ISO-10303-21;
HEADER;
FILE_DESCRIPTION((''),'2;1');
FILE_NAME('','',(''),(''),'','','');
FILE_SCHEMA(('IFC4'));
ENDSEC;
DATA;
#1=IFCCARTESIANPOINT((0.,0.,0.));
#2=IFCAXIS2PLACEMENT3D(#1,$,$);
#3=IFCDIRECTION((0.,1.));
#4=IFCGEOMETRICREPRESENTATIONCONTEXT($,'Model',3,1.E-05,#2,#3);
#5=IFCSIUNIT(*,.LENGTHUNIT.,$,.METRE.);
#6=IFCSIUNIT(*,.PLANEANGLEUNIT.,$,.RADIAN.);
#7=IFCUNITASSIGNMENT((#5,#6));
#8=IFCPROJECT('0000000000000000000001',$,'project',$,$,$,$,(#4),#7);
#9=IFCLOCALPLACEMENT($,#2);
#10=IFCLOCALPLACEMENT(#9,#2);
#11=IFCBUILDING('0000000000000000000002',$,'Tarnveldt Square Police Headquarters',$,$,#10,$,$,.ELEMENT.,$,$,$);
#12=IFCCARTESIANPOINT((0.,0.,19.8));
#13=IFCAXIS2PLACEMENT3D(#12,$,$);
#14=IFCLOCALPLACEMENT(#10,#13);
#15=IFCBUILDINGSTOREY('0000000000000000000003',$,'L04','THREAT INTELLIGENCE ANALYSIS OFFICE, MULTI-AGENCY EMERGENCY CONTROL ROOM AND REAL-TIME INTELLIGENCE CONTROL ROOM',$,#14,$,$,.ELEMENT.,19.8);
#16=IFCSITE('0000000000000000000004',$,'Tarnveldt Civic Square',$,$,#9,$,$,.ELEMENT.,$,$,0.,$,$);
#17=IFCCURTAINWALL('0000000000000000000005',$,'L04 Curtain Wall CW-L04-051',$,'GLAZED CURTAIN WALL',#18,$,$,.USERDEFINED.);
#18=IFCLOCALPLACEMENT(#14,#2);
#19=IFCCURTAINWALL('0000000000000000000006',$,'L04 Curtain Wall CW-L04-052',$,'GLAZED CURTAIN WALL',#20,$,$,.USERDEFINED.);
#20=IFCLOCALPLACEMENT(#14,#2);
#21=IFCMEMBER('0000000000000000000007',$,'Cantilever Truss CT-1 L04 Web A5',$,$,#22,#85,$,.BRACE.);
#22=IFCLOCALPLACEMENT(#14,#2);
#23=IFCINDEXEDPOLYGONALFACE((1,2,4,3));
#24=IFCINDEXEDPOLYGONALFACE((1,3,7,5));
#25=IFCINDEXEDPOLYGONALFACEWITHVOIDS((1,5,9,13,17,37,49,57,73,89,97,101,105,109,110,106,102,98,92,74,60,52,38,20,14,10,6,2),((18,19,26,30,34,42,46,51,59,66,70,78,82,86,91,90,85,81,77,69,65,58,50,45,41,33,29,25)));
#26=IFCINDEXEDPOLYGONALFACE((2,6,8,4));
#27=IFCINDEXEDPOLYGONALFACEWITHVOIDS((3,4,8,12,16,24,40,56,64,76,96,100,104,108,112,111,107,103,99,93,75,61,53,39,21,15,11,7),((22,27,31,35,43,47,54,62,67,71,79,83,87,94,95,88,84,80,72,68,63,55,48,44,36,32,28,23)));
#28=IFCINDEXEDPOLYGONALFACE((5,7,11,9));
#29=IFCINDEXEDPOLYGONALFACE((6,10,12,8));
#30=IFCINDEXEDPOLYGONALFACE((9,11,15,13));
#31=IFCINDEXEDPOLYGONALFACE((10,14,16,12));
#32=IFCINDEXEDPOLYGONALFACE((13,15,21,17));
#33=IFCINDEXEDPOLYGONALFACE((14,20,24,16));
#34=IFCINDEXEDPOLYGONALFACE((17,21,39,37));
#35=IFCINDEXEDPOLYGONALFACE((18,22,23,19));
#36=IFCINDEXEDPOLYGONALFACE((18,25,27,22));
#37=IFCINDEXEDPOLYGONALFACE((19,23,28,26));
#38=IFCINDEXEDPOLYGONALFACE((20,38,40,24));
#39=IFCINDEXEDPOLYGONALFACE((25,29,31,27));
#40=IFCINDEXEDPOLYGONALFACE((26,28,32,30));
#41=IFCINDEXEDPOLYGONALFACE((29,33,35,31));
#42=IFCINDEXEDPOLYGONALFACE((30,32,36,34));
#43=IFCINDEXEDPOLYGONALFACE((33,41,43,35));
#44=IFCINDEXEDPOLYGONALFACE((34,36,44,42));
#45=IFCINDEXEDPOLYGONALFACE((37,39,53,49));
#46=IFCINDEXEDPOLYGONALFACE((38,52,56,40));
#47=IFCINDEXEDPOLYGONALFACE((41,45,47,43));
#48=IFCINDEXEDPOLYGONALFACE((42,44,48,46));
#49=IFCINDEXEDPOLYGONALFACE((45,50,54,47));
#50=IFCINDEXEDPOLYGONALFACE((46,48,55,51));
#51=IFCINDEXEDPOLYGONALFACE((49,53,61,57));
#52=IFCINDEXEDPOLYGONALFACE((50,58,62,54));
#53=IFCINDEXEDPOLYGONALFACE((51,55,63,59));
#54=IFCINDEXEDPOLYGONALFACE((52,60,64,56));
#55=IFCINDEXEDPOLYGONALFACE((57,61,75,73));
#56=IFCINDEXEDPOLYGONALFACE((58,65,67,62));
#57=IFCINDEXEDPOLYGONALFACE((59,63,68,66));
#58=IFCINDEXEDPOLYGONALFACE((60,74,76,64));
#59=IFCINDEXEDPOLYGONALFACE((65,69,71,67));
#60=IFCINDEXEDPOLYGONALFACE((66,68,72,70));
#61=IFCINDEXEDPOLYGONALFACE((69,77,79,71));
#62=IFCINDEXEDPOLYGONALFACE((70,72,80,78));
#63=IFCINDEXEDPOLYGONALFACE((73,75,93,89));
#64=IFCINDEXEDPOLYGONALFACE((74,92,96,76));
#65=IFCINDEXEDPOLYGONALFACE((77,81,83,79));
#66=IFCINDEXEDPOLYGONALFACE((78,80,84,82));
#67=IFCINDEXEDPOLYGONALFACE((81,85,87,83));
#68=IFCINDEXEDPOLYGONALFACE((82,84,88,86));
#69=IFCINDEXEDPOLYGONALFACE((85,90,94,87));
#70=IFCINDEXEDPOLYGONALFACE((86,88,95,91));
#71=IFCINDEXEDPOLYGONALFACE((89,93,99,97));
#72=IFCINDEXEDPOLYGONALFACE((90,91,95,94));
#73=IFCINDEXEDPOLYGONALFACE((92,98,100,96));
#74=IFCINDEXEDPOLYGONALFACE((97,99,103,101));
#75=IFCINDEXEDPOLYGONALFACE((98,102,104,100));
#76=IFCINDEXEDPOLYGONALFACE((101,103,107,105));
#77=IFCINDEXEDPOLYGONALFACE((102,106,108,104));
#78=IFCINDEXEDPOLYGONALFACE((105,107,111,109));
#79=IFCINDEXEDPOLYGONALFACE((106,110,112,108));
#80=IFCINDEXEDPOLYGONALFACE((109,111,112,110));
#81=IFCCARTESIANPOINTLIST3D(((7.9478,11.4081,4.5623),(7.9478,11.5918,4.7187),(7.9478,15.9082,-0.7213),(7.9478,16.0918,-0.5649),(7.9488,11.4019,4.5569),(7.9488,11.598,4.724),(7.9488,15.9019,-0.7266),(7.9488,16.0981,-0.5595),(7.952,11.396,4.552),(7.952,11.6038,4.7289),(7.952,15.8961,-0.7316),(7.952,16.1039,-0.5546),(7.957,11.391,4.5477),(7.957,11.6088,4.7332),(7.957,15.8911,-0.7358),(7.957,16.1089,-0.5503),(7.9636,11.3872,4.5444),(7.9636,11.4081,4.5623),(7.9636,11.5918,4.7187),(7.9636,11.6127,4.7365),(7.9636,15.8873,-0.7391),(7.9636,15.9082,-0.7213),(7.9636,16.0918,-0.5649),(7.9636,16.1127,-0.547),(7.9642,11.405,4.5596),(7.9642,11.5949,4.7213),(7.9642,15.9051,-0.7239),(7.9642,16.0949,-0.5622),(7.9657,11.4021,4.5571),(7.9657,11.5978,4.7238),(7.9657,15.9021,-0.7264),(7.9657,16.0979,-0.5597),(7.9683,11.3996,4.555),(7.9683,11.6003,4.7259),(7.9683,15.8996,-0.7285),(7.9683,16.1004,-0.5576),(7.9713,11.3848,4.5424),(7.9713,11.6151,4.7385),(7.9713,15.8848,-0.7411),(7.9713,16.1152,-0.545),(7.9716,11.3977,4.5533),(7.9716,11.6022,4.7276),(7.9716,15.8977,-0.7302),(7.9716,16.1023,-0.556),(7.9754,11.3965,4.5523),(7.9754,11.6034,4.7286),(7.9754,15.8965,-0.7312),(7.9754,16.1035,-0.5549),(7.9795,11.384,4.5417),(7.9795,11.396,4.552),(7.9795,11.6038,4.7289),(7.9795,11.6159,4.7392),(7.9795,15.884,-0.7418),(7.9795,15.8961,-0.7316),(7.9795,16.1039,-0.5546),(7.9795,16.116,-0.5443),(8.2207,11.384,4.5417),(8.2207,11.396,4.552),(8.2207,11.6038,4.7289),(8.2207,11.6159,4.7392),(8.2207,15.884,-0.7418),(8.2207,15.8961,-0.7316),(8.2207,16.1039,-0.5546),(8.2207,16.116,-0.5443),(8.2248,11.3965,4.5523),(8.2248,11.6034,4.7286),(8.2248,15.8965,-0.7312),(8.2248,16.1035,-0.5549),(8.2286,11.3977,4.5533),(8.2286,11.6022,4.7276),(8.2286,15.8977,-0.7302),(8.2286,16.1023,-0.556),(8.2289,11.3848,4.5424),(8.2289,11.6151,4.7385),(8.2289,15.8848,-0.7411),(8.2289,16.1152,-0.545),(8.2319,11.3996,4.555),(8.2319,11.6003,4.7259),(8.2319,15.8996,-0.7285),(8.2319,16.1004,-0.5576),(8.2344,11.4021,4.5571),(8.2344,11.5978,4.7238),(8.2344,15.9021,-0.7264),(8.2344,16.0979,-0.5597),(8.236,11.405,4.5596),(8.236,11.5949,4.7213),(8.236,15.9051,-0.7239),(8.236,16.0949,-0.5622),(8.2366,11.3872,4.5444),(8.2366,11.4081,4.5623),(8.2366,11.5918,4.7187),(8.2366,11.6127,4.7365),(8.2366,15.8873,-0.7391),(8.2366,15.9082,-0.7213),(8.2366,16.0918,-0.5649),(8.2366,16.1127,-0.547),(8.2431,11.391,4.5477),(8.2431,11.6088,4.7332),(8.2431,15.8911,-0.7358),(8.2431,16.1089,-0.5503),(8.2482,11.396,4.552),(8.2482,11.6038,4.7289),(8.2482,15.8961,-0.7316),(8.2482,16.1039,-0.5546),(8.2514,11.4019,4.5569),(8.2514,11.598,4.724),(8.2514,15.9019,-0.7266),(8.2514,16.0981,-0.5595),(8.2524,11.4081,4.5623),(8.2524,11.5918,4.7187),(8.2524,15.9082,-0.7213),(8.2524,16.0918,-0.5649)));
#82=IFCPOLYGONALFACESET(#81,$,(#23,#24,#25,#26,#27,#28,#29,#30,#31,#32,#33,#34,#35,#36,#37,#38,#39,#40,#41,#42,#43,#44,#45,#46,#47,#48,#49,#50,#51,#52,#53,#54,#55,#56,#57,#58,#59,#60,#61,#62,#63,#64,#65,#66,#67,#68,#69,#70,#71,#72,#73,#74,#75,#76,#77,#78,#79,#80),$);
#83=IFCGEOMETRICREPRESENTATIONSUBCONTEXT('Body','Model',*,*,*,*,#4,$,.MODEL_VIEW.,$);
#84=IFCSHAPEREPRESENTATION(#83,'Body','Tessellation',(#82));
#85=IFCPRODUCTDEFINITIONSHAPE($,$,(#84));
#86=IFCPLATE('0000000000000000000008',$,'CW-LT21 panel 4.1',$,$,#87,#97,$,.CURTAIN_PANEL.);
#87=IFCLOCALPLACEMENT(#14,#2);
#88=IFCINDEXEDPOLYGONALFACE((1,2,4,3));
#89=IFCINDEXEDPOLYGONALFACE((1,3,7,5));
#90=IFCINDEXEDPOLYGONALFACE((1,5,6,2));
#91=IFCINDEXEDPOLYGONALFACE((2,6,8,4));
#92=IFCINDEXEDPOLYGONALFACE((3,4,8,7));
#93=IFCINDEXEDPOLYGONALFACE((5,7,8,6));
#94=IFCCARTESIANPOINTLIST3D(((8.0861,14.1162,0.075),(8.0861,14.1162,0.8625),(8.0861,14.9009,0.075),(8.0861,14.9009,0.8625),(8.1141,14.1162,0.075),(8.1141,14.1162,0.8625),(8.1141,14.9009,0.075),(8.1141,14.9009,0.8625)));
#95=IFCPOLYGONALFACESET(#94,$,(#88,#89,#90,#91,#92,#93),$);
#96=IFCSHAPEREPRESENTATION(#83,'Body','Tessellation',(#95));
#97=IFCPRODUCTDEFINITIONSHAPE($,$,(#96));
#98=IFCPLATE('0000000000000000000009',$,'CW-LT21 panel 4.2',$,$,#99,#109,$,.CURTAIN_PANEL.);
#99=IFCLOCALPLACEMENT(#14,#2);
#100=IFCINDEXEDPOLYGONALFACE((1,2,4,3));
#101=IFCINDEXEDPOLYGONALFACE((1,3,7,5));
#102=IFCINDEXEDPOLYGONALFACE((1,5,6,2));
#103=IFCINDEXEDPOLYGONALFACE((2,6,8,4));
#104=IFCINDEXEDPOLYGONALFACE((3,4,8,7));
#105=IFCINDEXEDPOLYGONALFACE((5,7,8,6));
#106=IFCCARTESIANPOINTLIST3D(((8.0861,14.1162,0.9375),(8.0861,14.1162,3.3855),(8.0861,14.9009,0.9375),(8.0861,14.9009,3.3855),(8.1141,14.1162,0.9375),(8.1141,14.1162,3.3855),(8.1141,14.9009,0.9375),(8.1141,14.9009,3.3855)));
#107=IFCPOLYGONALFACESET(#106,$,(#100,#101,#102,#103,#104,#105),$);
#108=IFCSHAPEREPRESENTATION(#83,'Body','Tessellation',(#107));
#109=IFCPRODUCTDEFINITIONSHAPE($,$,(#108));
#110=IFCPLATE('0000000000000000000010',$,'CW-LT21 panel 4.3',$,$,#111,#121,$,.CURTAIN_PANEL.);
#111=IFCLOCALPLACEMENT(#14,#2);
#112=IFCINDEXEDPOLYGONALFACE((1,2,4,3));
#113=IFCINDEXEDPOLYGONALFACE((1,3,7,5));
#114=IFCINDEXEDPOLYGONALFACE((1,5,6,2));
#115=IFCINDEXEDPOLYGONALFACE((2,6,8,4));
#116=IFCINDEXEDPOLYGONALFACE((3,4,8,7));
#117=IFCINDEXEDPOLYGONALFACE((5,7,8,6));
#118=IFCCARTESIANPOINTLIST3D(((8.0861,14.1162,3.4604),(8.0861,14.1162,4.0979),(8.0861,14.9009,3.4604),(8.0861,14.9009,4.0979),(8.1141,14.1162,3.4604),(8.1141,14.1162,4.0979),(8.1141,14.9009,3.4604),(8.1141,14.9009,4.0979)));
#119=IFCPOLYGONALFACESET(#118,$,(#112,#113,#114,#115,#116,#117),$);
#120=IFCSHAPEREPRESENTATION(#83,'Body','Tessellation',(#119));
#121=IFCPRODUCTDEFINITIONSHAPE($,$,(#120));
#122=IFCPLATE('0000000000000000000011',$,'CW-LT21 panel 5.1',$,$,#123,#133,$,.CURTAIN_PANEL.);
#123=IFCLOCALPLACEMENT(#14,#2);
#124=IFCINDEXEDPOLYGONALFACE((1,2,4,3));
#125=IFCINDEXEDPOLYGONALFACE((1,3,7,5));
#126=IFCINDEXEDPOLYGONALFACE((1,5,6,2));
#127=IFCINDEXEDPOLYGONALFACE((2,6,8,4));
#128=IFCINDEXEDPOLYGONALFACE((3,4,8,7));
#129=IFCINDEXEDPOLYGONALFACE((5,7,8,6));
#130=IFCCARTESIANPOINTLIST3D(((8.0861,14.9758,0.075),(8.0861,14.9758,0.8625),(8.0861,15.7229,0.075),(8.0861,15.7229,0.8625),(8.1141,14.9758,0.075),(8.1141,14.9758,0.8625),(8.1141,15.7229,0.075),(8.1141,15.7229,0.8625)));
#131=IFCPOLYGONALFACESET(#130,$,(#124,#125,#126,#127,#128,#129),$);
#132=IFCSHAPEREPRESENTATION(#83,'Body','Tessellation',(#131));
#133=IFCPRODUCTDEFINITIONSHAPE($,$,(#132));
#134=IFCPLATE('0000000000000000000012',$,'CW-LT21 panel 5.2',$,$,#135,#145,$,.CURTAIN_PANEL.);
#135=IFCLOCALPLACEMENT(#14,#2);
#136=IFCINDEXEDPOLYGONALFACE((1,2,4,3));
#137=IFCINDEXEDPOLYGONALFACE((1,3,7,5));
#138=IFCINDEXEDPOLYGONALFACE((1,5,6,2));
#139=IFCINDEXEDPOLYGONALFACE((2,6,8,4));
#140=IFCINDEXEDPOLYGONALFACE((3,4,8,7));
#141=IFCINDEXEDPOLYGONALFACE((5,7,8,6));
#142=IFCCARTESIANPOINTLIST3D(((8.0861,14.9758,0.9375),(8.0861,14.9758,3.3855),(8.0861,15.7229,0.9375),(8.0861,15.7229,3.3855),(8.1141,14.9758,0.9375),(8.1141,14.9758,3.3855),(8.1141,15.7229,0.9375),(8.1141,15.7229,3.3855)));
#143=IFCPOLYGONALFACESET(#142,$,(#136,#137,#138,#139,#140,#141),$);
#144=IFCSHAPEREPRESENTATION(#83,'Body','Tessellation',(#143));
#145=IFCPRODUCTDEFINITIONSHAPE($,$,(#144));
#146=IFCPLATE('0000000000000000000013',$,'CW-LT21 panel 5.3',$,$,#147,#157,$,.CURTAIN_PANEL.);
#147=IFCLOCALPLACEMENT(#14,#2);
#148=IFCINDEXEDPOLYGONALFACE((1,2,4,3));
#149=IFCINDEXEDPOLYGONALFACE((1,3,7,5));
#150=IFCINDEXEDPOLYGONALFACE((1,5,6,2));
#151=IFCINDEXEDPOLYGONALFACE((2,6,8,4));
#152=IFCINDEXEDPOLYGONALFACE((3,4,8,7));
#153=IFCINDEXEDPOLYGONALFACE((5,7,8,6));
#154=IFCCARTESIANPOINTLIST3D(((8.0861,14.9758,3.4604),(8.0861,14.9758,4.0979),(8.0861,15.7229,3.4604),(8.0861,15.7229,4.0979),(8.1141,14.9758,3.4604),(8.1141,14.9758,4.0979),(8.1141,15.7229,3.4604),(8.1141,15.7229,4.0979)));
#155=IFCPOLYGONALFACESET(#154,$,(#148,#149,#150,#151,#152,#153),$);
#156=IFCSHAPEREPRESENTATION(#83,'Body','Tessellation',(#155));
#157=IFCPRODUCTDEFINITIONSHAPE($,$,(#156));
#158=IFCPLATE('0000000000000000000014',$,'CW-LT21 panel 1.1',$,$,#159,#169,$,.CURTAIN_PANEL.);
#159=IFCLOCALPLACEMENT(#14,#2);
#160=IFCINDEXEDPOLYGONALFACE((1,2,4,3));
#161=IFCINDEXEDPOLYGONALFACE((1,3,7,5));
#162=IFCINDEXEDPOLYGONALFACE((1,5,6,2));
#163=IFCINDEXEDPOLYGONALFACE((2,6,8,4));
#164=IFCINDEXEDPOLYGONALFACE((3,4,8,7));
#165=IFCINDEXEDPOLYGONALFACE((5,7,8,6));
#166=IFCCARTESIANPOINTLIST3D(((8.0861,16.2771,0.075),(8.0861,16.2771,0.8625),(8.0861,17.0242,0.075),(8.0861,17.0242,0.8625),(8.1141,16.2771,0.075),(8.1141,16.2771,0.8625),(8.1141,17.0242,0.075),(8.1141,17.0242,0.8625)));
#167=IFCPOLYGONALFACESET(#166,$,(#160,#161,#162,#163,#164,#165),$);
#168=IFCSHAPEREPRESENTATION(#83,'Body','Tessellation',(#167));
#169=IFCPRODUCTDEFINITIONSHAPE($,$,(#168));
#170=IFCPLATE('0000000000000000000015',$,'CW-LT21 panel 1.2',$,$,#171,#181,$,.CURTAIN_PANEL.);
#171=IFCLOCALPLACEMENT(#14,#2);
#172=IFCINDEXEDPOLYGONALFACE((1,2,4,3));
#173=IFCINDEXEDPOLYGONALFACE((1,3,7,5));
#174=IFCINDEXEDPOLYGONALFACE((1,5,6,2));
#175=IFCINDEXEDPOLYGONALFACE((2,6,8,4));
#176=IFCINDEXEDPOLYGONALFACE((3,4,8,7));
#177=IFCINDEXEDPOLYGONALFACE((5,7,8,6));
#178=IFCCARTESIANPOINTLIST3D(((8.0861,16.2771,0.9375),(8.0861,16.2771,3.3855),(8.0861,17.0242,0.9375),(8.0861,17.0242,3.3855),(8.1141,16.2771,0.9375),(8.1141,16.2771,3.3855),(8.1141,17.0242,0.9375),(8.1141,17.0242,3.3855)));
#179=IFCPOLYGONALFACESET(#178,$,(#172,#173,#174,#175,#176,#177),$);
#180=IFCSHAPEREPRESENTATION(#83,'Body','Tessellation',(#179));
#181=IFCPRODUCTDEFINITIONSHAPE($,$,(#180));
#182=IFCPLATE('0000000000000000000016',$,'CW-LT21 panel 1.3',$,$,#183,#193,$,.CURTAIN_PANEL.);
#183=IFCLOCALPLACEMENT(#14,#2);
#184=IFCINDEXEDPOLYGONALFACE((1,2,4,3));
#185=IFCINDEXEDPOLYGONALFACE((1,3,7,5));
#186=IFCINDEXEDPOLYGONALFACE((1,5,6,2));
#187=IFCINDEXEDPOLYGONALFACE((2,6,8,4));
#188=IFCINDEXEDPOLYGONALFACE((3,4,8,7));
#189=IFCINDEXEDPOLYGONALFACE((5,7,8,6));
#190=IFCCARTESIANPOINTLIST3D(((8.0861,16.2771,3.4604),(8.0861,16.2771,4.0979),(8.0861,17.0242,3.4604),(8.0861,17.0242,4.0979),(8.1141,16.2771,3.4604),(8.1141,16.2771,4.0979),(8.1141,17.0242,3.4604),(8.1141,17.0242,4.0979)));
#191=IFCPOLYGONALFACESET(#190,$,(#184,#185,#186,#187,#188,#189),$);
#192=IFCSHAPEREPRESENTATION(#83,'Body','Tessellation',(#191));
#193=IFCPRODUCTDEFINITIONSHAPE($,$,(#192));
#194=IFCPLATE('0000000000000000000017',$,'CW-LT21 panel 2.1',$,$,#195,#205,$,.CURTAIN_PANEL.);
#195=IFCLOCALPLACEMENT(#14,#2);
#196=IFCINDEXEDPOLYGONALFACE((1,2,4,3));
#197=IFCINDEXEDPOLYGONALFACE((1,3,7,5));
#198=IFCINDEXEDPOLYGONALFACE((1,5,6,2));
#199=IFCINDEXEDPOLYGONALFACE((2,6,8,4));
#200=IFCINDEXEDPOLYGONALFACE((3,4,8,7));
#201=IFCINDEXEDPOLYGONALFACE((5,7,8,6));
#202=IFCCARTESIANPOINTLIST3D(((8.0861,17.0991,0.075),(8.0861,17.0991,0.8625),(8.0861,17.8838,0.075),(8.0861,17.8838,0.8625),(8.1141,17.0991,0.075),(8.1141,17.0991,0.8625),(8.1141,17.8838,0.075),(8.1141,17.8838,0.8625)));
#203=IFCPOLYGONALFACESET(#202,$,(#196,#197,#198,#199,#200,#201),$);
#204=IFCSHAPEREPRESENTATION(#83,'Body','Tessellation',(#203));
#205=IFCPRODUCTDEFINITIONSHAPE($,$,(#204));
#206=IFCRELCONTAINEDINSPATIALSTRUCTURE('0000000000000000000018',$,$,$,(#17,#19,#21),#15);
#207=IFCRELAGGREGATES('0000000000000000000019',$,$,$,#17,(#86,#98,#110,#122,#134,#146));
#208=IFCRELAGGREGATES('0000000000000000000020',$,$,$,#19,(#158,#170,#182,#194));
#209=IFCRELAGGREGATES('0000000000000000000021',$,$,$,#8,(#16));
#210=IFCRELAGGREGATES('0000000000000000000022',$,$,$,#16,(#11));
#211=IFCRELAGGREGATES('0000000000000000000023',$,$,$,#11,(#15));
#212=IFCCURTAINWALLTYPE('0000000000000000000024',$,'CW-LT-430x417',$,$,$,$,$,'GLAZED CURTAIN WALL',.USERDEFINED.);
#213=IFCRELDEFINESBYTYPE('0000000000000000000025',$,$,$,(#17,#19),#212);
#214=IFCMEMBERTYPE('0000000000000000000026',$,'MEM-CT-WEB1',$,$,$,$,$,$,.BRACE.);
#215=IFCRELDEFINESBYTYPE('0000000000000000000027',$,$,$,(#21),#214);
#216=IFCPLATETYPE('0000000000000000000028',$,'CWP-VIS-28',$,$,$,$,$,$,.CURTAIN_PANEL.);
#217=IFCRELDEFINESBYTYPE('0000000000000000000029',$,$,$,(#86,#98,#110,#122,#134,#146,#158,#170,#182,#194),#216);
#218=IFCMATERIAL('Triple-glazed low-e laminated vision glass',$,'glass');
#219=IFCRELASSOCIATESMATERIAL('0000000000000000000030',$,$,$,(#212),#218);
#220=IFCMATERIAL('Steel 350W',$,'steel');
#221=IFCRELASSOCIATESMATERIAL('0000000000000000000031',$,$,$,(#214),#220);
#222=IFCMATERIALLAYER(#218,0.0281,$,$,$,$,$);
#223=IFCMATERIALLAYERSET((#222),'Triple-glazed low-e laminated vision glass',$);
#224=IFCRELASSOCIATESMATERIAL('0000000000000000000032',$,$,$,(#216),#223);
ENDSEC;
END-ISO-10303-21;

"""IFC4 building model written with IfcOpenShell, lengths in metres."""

from ifc_helpers import new_model, si_unit, direction, frame, origin, origin_2d, place, context, subcontext, project, spatial, rectangle, hollow_rectangle, extrude, material, layer, layer_set, material_profile, profile_set, type_object, element, aggregate, save


model = new_model("IFC4")

# Units and contexts
model_context = context("Model", 3, precision=1e-05, world=origin(), true_north=direction((0.0, 1.0)))
body_context = subcontext(model_context, "Body", "Model", "MODEL_VIEW")
ifc_project = project(units=[si_unit("LENGTHUNIT", "METRE"), si_unit("PLANEANGLEUNIT", "RADIAN")], contexts=[model_context])

# Site, building, storey
site_placement = place(None, origin())
site = spatial("IfcSite", under=ifc_project, at=site_placement, Name="Tarnveldt Civic Square", CompositionType="ELEMENT", RefElevation=0.0)
building_placement = place(site_placement, origin())
building = spatial("IfcBuilding", under=site, at=building_placement, Name="Tarnveldt Square Police Headquarters", CompositionType="ELEMENT")
storey_placement = place(building_placement, frame((0.0, 0.0, 19.8)))
storey = spatial("IfcBuildingStorey", under=building, at=storey_placement, Name="L04", Description="THREAT INTELLIGENCE ANALYSIS OFFICE, MULTI-AGENCY EMERGENCY CONTROL ROOM AND REAL-TIME INTELLIGENCE CONTROL ROOM", CompositionType="ELEMENT", Elevation=19.8)

# Shared definitions
ifc_material_1 = material(Name="Steel 350W", Category="steel")

# Curtain walls
ifc_material_2 = material(Name="Triple-glazed low-e laminated vision glass", Category="glass")
curtain_wall_type = type_object("IfcCurtainWallType", Name="CW-LT-430x417", ElementType="GLAZED CURTAIN WALL", PredefinedType="USERDEFINED", material=ifc_material_2)
curtain_wall_1_placement = place(storey_placement, origin())
curtain_wall_1 = element("IfcCurtainWall", 1, at=curtain_wall_1_placement, inside=storey, type_object=curtain_wall_type, Name="L04 Curtain Wall CW-L04-051", ObjectType="GLAZED CURTAIN WALL", PredefinedType="USERDEFINED")
curtain_wall_2_placement = place(storey_placement, origin())
curtain_wall_2 = element("IfcCurtainWall", 2, at=curtain_wall_2_placement, inside=storey, type_object=curtain_wall_type, Name="L04 Curtain Wall CW-L04-052", ObjectType="GLAZED CURTAIN WALL", PredefinedType="USERDEFINED")

# Member
ifc_material_profile_1 = material_profile(ifc_material_1, hollow_rectangle(XDim=0.3047, YDim=0.3047, WallThickness=0.0159, InnerFilletRadius=0.0159, OuterFilletRadius=0.0317, at=origin_2d()), Name="HSS305x305x16")
ifc_profile_set_1 = profile_set([ifc_material_profile_1], Name="Steel 350W")
member_type_1 = type_object("IfcMemberType", Name="MEM-CT-WEB1", PredefinedType="BRACE", material=ifc_profile_set_1)
member_1_placement = place(storey_placement, frame((8.1001, 16.0, -0.6431), z_axis=(0.0, -0.648407, 0.761294), x_axis=(1.0, 0.0, 0.0)))
element("IfcMember", 3, at=member_1_placement, inside=storey, type_object=member_type_1, Name="Cantilever Truss CT-1 L04 Web A5", PredefinedType="BRACE", context=body_context, shape_type="SweptSolid", body=[
    extrude(hollow_rectangle(XDim=0.3047, YDim=0.3047, WallThickness=0.0159, InnerFilletRadius=0.0159, OuterFilletRadius=0.0317, at=origin_2d()), origin(), (0.0, 0.0, 1.0), 6.9402),
])

# Plates
ifc_layer = layer(ifc_material_2, 0.0281)
ifc_layer_set = layer_set([ifc_layer], Name="Triple-glazed low-e laminated vision glass")
plate_type = type_object("IfcPlateType", Name="CWP-VIS-28", PredefinedType="CURTAIN_PANEL", material=ifc_layer_set)
plate_1_placement = place(storey_placement, frame((8.1001, 14.5085, 0.075), z_axis=(0.0, 0.0, 1.0), x_axis=(0.0, 1.0, 0.0)))
plate_1 = element("IfcPlate", 4, at=plate_1_placement, type_object=plate_type, Name="CW-LT21 panel 4.1", PredefinedType="CURTAIN_PANEL", context=body_context, shape_type="SweptSolid", body=[
    extrude(rectangle(XDim=0.7847, YDim=0.0281, at=origin_2d()), origin(), (0.0, 0.0, 1.0), 0.7876),
])
plate_2_placement = place(storey_placement, frame((8.1001, 14.5085, 0.9375), z_axis=(0.0, 0.0, 1.0), x_axis=(0.0, 1.0, 0.0)))
plate_2 = element("IfcPlate", 5, at=plate_2_placement, type_object=plate_type, Name="CW-LT21 panel 4.2", PredefinedType="CURTAIN_PANEL", context=body_context, shape_type="SweptSolid", body=[
    extrude(rectangle(XDim=0.7847, YDim=0.0281, at=origin_2d()), origin(), (0.0, 0.0, 1.0), 2.448),
])
plate_3_placement = place(storey_placement, frame((8.1001, 14.5085, 3.4604), z_axis=(0.0, 0.0, 1.0), x_axis=(0.0, 1.0, 0.0)))
plate_3 = element("IfcPlate", 6, at=plate_3_placement, type_object=plate_type, Name="CW-LT21 panel 4.3", PredefinedType="CURTAIN_PANEL", context=body_context, shape_type="SweptSolid", body=[
    extrude(rectangle(XDim=0.7847, YDim=0.0281, at=origin_2d()), origin(), (0.0, 0.0, 1.0), 0.6375),
])
plate_4_placement = place(storey_placement, frame((8.1001, 15.3494, 0.075), z_axis=(0.0, 0.0, 1.0), x_axis=(0.0, 1.0, 0.0)))
plate_4 = element("IfcPlate", 7, at=plate_4_placement, type_object=plate_type, Name="CW-LT21 panel 5.1", PredefinedType="CURTAIN_PANEL", context=body_context, shape_type="SweptSolid", body=[
    extrude(rectangle(XDim=0.7471, YDim=0.0281, at=origin_2d()), origin(), (0.0, 0.0, 1.0), 0.7876),
])
plate_5_placement = place(storey_placement, frame((8.1001, 15.3494, 0.9375), z_axis=(0.0, 0.0, 1.0), x_axis=(0.0, 1.0, 0.0)))
plate_5 = element("IfcPlate", 8, at=plate_5_placement, type_object=plate_type, Name="CW-LT21 panel 5.2", PredefinedType="CURTAIN_PANEL", context=body_context, shape_type="SweptSolid", body=[
    extrude(rectangle(XDim=0.7471, YDim=0.0281, at=origin_2d()), origin(), (0.0, 0.0, 1.0), 2.448),
])
plate_6_placement = place(storey_placement, frame((8.1001, 15.3494, 3.4604), z_axis=(0.0, 0.0, 1.0), x_axis=(0.0, 1.0, 0.0)))
plate_6 = element("IfcPlate", 9, at=plate_6_placement, type_object=plate_type, Name="CW-LT21 panel 5.3", PredefinedType="CURTAIN_PANEL", context=body_context, shape_type="SweptSolid", body=[
    extrude(rectangle(XDim=0.7471, YDim=0.0281, at=origin_2d()), origin(), (0.0, 0.0, 1.0), 0.6375),
])
aggregate(curtain_wall_1, [plate_1, plate_2, plate_3, plate_4, plate_5, plate_6])
plate_7_placement = place(storey_placement, frame((8.1001, 16.6506, 0.075), z_axis=(0.0, 0.0, 1.0), x_axis=(0.0, 1.0, 0.0)))
plate_7 = element("IfcPlate", 10, at=plate_7_placement, type_object=plate_type, Name="CW-LT21 panel 1.1", PredefinedType="CURTAIN_PANEL", context=body_context, shape_type="SweptSolid", body=[
    extrude(rectangle(XDim=0.7471, YDim=0.0281, at=origin_2d()), origin(), (0.0, 0.0, 1.0), 0.7876),
])
plate_8_placement = place(storey_placement, frame((8.1001, 16.6506, 0.9375), z_axis=(0.0, 0.0, 1.0), x_axis=(0.0, 1.0, 0.0)))
plate_8 = element("IfcPlate", 11, at=plate_8_placement, type_object=plate_type, Name="CW-LT21 panel 1.2", PredefinedType="CURTAIN_PANEL", context=body_context, shape_type="SweptSolid", body=[
    extrude(rectangle(XDim=0.7471, YDim=0.0281, at=origin_2d()), origin(), (0.0, 0.0, 1.0), 2.448),
])
plate_9_placement = place(storey_placement, frame((8.1001, 16.6506, 3.4604), z_axis=(0.0, 0.0, 1.0), x_axis=(0.0, 1.0, 0.0)))
plate_9 = element("IfcPlate", 12, at=plate_9_placement, type_object=plate_type, Name="CW-LT21 panel 1.3", PredefinedType="CURTAIN_PANEL", context=body_context, shape_type="SweptSolid", body=[
    extrude(rectangle(XDim=0.7471, YDim=0.0281, at=origin_2d()), origin(), (0.0, 0.0, 1.0), 0.6375),
])
plate_10_placement = place(storey_placement, frame((8.1001, 17.4915, 0.075), z_axis=(0.0, 0.0, 1.0), x_axis=(0.0, 1.0, 0.0)))
plate_10 = element("IfcPlate", 13, at=plate_10_placement, type_object=plate_type, Name="CW-LT21 panel 2.1", PredefinedType="CURTAIN_PANEL", context=body_context, shape_type="SweptSolid", body=[
    extrude(rectangle(XDim=0.7847, YDim=0.0281, at=origin_2d()), origin(), (0.0, 0.0, 1.0), 0.7876),
])
aggregate(curtain_wall_2, [plate_7, plate_8, plate_9, plate_10])

save(model, "model.ifc")
